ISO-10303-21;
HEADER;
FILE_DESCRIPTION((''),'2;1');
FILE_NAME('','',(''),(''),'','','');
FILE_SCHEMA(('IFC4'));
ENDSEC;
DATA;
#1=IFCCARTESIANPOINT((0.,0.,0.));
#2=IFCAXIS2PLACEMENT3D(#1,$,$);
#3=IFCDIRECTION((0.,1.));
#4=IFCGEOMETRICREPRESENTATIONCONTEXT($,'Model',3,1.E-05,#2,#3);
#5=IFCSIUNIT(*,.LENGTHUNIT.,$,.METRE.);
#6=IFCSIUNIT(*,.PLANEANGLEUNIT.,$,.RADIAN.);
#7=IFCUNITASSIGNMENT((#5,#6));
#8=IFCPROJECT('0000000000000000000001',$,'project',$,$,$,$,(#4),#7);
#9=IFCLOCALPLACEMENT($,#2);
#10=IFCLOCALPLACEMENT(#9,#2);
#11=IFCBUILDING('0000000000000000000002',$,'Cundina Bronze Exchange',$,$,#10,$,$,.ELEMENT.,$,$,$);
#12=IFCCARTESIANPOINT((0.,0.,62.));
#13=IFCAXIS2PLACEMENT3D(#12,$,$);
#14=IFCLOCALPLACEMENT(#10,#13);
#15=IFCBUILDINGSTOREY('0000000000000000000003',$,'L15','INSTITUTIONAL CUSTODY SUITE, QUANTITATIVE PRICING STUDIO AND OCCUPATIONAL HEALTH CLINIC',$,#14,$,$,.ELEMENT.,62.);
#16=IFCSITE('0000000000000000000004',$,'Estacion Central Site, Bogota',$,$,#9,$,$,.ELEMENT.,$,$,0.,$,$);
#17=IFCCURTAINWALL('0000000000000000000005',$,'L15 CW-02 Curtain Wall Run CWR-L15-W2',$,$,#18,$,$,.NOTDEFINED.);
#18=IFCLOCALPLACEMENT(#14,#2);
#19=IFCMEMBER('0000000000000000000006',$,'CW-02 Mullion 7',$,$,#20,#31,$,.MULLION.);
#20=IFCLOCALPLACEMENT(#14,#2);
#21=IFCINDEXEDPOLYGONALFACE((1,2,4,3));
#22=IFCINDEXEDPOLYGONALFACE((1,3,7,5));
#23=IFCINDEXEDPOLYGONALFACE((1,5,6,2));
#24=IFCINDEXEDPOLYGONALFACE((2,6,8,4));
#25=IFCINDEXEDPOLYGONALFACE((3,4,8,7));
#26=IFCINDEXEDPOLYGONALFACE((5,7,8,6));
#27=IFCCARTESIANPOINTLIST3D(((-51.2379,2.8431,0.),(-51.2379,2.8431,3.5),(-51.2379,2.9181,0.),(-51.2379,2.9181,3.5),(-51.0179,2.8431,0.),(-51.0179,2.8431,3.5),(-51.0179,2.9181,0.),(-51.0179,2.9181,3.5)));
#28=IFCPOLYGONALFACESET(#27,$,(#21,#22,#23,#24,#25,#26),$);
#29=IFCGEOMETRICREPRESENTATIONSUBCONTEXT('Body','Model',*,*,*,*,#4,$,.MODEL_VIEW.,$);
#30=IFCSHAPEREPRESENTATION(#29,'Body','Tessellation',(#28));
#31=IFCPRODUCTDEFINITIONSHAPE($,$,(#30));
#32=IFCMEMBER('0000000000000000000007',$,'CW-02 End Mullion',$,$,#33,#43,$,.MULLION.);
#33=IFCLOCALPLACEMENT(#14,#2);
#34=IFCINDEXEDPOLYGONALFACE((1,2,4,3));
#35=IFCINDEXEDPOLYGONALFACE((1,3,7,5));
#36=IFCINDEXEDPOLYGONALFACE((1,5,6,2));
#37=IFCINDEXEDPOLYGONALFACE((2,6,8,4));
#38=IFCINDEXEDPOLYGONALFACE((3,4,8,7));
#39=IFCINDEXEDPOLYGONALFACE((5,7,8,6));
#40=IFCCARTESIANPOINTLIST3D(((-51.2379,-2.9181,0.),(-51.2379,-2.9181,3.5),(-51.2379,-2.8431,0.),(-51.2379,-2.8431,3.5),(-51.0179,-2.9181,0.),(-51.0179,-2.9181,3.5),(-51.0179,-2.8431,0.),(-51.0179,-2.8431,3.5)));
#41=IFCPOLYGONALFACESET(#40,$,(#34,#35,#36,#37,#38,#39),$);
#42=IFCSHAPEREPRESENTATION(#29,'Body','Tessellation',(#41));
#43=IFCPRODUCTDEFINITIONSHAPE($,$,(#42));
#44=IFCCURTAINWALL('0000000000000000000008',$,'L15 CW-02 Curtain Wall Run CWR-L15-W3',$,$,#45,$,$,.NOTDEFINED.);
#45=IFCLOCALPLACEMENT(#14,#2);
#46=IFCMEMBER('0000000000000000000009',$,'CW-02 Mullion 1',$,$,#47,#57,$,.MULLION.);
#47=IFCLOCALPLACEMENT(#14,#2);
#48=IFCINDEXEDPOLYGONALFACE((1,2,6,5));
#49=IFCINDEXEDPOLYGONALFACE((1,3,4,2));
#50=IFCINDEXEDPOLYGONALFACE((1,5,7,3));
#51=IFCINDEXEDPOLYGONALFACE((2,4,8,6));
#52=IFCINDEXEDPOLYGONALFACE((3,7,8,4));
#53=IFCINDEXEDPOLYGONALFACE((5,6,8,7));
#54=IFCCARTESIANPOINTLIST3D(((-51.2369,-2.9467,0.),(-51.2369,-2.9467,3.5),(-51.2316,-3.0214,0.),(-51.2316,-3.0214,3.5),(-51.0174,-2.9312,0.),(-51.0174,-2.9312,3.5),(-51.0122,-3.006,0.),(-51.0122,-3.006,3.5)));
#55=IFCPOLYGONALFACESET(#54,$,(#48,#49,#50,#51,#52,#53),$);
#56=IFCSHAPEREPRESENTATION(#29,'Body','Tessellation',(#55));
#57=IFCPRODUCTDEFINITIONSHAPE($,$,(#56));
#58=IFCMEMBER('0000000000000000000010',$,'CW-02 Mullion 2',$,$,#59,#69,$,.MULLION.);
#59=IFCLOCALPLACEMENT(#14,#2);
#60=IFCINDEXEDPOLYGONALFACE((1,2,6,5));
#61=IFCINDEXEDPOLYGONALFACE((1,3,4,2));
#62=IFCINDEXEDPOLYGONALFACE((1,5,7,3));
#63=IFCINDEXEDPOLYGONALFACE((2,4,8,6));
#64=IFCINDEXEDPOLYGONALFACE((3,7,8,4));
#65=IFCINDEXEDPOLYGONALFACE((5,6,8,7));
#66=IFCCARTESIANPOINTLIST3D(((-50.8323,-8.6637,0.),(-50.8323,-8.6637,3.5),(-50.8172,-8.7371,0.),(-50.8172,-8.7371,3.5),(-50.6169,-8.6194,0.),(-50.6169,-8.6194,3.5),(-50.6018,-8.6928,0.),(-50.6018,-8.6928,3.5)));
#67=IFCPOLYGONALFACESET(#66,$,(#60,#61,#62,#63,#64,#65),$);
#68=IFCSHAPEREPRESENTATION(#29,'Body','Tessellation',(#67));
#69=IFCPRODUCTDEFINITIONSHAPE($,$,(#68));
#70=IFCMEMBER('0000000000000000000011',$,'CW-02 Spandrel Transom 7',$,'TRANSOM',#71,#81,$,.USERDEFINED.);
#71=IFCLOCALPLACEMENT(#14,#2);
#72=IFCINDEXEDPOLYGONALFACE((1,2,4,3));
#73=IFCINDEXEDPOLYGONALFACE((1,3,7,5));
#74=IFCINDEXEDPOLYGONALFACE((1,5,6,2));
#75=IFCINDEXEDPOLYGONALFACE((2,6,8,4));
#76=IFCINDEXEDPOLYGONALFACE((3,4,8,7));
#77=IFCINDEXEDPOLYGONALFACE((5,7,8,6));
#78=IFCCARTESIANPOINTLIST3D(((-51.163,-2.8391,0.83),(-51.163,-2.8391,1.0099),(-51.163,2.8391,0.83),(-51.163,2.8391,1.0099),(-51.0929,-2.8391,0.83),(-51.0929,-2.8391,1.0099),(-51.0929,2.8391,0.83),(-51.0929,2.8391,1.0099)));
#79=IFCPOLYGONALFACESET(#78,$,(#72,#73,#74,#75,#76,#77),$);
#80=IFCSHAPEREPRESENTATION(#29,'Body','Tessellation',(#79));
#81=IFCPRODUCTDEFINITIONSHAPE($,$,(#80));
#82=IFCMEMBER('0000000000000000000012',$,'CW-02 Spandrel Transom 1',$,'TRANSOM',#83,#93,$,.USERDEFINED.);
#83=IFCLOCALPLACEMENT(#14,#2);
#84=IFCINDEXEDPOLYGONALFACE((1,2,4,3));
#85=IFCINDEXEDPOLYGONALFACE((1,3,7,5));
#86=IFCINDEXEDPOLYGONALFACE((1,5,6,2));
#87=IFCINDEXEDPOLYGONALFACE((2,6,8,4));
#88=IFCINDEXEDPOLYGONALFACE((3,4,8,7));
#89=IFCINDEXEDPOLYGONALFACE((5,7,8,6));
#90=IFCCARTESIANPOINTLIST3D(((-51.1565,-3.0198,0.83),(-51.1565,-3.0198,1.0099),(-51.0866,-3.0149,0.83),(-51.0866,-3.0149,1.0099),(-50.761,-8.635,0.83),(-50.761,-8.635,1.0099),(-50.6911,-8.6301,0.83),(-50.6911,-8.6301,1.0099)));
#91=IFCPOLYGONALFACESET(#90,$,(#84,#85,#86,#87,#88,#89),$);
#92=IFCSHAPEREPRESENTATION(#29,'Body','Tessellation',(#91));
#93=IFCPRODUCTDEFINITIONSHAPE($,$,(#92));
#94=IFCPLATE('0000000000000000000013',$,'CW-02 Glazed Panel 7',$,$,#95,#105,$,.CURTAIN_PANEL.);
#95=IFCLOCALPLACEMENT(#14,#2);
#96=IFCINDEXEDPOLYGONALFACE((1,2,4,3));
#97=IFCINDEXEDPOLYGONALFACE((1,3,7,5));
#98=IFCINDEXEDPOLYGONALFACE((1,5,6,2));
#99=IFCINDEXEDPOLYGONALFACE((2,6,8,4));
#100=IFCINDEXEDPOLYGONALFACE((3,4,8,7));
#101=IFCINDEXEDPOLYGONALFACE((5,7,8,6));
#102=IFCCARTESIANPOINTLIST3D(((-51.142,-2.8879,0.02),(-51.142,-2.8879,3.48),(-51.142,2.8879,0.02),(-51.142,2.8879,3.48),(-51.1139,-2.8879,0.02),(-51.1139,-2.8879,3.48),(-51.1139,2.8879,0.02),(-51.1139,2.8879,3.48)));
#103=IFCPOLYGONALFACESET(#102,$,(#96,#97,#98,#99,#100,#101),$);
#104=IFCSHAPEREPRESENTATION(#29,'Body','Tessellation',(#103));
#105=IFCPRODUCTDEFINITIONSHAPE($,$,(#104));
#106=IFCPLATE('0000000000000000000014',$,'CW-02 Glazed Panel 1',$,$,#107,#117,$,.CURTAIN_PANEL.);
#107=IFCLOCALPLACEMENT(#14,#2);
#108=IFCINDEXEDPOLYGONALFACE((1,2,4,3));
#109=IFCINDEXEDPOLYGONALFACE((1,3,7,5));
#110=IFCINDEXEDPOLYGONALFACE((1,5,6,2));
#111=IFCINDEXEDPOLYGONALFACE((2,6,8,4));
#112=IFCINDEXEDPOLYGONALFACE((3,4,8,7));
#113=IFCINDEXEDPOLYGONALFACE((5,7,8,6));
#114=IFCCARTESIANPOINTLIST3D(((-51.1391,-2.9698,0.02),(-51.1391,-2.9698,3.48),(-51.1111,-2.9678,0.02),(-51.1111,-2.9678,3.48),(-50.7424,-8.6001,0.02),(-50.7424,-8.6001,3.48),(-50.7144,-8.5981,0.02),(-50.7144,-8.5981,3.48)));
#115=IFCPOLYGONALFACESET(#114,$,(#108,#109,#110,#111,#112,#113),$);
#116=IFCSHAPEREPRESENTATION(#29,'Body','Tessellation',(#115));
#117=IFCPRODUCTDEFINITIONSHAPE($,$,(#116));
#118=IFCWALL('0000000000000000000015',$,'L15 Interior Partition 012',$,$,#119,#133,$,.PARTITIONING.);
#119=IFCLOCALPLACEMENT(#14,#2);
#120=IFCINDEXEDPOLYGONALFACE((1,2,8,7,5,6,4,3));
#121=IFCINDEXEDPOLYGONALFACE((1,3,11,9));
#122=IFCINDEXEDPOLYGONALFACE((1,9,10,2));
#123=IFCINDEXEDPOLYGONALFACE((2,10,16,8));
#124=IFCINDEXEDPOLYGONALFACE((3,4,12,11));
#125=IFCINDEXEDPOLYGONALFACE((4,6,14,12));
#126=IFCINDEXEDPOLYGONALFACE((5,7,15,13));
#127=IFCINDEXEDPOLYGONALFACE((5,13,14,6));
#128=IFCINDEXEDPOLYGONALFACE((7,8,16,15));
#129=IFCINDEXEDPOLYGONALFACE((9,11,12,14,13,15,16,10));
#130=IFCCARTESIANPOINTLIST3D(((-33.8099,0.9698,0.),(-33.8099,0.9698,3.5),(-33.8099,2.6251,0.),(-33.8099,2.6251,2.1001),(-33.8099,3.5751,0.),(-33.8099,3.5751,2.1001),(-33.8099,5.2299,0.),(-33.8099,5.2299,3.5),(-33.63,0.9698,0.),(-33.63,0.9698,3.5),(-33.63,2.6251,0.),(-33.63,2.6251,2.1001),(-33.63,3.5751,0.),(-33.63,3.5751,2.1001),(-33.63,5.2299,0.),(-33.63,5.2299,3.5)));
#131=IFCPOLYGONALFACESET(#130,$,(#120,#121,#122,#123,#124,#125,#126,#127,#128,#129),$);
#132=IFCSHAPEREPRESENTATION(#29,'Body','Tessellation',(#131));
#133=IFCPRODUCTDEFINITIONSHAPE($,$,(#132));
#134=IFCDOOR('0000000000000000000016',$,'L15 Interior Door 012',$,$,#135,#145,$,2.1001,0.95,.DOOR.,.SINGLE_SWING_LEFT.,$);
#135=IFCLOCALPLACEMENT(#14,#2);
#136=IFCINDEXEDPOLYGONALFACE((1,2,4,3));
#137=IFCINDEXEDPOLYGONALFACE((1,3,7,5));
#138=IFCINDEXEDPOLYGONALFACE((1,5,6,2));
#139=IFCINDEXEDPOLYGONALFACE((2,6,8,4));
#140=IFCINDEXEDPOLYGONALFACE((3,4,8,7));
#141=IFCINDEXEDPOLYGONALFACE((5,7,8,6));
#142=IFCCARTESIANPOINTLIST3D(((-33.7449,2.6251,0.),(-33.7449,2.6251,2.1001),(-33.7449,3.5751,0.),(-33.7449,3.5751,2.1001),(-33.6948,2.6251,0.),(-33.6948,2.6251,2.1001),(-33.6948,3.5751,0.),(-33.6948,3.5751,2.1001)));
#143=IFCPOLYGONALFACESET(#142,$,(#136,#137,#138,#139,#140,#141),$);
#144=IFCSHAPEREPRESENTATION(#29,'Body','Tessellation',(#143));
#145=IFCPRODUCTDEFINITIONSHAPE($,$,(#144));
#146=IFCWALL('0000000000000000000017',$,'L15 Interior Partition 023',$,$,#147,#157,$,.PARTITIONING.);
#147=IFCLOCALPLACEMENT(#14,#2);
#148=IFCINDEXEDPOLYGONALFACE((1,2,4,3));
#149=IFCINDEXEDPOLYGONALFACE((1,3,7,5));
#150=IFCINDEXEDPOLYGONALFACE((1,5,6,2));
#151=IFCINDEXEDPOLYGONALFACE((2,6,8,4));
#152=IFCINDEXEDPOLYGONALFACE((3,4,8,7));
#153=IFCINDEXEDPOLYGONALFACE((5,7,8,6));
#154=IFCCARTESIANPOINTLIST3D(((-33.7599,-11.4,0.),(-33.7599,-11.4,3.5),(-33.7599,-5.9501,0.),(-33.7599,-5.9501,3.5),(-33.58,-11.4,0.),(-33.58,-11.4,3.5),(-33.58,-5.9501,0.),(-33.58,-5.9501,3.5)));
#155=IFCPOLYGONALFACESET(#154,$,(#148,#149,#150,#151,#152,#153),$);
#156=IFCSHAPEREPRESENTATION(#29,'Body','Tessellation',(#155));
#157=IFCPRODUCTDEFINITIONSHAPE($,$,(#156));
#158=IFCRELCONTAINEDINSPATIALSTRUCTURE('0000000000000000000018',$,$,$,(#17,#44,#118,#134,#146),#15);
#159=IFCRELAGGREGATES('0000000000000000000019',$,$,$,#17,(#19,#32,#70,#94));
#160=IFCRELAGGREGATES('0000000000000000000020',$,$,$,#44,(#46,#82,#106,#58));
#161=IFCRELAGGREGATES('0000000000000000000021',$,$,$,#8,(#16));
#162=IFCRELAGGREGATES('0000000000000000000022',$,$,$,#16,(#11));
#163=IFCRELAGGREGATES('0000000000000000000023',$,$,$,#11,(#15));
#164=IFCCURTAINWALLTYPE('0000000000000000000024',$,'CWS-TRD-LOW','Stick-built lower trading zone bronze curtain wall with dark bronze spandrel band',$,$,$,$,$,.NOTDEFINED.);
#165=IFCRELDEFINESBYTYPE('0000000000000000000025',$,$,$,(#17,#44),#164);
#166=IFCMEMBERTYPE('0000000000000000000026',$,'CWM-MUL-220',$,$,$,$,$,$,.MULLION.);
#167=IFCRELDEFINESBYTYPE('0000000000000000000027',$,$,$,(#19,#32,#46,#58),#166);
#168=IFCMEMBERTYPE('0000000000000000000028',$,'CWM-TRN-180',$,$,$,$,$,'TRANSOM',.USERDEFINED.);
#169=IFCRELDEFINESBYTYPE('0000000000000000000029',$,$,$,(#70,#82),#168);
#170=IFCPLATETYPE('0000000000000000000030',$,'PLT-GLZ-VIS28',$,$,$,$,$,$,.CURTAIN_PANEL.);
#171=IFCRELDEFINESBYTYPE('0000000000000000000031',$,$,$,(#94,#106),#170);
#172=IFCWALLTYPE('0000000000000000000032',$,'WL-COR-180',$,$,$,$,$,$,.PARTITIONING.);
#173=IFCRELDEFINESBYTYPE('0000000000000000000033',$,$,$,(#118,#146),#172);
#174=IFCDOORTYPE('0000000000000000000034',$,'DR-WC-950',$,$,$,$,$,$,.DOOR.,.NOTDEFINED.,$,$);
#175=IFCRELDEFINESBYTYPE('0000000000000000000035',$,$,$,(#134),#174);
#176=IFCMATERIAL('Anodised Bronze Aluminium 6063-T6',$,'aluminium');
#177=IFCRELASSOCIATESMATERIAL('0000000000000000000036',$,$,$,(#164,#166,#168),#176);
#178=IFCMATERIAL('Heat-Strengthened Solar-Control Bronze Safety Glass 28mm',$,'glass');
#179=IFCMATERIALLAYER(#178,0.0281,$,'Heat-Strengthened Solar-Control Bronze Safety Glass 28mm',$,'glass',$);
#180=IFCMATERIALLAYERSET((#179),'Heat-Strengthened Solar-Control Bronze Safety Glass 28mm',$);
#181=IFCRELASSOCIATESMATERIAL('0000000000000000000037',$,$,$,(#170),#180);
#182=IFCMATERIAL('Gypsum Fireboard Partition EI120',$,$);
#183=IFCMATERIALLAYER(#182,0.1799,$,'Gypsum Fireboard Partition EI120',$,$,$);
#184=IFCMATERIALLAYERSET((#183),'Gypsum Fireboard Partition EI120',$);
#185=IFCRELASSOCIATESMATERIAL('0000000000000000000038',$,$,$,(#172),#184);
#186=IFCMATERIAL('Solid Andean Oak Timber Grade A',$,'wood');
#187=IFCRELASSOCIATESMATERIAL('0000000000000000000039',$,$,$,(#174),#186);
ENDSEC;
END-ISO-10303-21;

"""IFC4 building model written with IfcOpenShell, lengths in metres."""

from ifc_helpers import new_model, si_unit, direction, frame, frame_2d, origin, origin_2d, place, context, subcontext, project, spatial, rectangle, extrude, material, layer, layer_set, material_profile, profile_set, type_object, element, fill, aggregate, save


model = new_model("IFC4")

# Units and contexts
model_context = context("Model", 3, precision=1e-05, world=origin(), true_north=direction((0.0, 1.0)))
body_context = subcontext(model_context, "Body", "Model", "MODEL_VIEW")
ifc_project = project(units=[si_unit("LENGTHUNIT", "METRE"), si_unit("PLANEANGLEUNIT", "RADIAN")], contexts=[model_context])

# Site, building, storey
site_placement = place(None, origin())
site = spatial("IfcSite", under=ifc_project, at=site_placement, Name="Estacion Central Site, Bogota", CompositionType="ELEMENT", RefElevation=0.0)
building_placement = place(site_placement, origin())
building = spatial("IfcBuilding", under=site, at=building_placement, Name="Cundina Bronze Exchange", CompositionType="ELEMENT")
storey_placement = place(building_placement, frame((0.0, 0.0, 62.0)))
storey = spatial("IfcBuildingStorey", under=building, at=storey_placement, Name="L15", Description="INSTITUTIONAL CUSTODY SUITE, QUANTITATIVE PRICING STUDIO AND OCCUPATIONAL HEALTH CLINIC", CompositionType="ELEMENT", Elevation=62.0)

# Curtain walls, members
ifc_material_1 = material(Name="Anodised Bronze Aluminium 6063-T6", Category="aluminium")
curtain_wall_type = type_object("IfcCurtainWallType", Name="CWS-TRD-LOW", Description="Stick-built lower trading zone bronze curtain wall with dark bronze spandrel band", PredefinedType="NOTDEFINED", material=ifc_material_1)
curtain_wall_1_placement = place(storey_placement, origin())
curtain_wall_1 = element("IfcCurtainWall", 1, at=curtain_wall_1_placement, inside=storey, type_object=curtain_wall_type, Name="L15 CW-02 Curtain Wall Run CWR-L15-W2", PredefinedType="NOTDEFINED")
ifc_material_profile_1 = material_profile(ifc_material_1, rectangle(XDim=0.075, YDim=0.22, at=origin_2d()), Name="AL75X220", Category="aluminium")
ifc_profile_set_1 = profile_set([ifc_material_profile_1], Name="Anodised Bronze Aluminium 6063-T6")
member_type_1 = type_object("IfcMemberType", Name="CWM-MUL-220", PredefinedType="MULLION", material=ifc_profile_set_1)
member_1_placement = place(storey_placement, frame((-51.1279, 2.8806, 0.0), z_axis=(0.0, 0.0, 1.0), x_axis=(0.0, -1.0, 0.0)))
member_1 = element("IfcMember", 2, at=member_1_placement, type_object=member_type_1, Name="CW-02 Mullion 7", PredefinedType="MULLION", context=body_context, shape_type="SweptSolid", body=[
    extrude(rectangle(XDim=0.075, YDim=0.22, at=origin_2d()), origin(), (0.0, 0.0, 1.0), 3.5),
])
member_2_placement = place(storey_placement, frame((-51.1279, -2.8806, 0.0), z_axis=(0.0, 0.0, 1.0), x_axis=(0.0, -1.0, 0.0)))
member_2 = element("IfcMember", 3, at=member_2_placement, type_object=member_type_1, Name="CW-02 End Mullion", PredefinedType="MULLION", context=body_context, shape_type="SweptSolid", body=[
    extrude(rectangle(XDim=0.075, YDim=0.22, at=origin_2d()), origin(), (0.0, 0.0, 1.0), 3.5),
])
curtain_wall_2_placement = place(storey_placement, origin())
curtain_wall_2 = element("IfcCurtainWall", 4, at=curtain_wall_2_placement, inside=storey, type_object=curtain_wall_type, Name="L15 CW-02 Curtain Wall Run CWR-L15-W3", PredefinedType="NOTDEFINED")
member_3_placement = place(storey_placement, frame((-51.1245, -2.9763, 0.0), z_axis=(0.0, 0.0, 1.0), x_axis=(0.070279, -0.997527, 0.0)))
member_3 = element("IfcMember", 5, at=member_3_placement, type_object=member_type_1, Name="CW-02 Mullion 1", PredefinedType="MULLION", context=body_context, shape_type="SweptSolid", body=[
    extrude(rectangle(XDim=0.075, YDim=0.22, at=origin_2d()), origin(), (0.0, 0.0, 1.0), 3.5),
])
member_4_placement = place(storey_placement, frame((-50.717, -8.6782, 0.0), z_axis=(0.0, 0.0, 1.0), x_axis=(0.20142, -0.979505, 0.0)))
member_4 = element("IfcMember", 6, at=member_4_placement, type_object=member_type_1, Name="CW-02 Mullion 2", PredefinedType="MULLION", context=body_context, shape_type="SweptSolid", body=[
    extrude(rectangle(XDim=0.075, YDim=0.22, at=origin_2d()), origin(), (0.0, 0.0, 1.0), 3.5),
])

# Members
ifc_material_profile_2 = material_profile(ifc_material_1, rectangle(XDim=0.0701, YDim=0.1799, at=origin_2d()), Name="AL70X180", Category="aluminium")
ifc_profile_set_2 = profile_set([ifc_material_profile_2], Name="Anodised Bronze Aluminium 6063-T6")
member_type_2 = type_object("IfcMemberType", Name="CWM-TRN-180", ElementType="TRANSOM", PredefinedType="USERDEFINED", material=ifc_profile_set_2)
member_5_placement = place(storey_placement, frame((-51.1279, 2.8391, 0.9199), z_axis=(0.0, -1.0, 0.0), x_axis=(1.0, 0.0, 0.0)))
member_5 = element("IfcMember", 7, at=member_5_placement, type_object=member_type_2, Name="CW-02 Spandrel Transom 7", ObjectType="TRANSOM", PredefinedType="USERDEFINED", context=body_context, shape_type="SweptSolid", body=[
    extrude(rectangle(XDim=0.0701, YDim=0.1799, at=origin_2d()), origin(), (0.0, 0.0, 1.0), 5.6782),
])
member_6_placement = place(storey_placement, frame((-51.1216, -3.0173, 0.9199), z_axis=(0.070261, -0.997529, 0.0), x_axis=(0.997529, 0.070261, 0.0)))
member_6 = element("IfcMember", 8, at=member_6_placement, type_object=member_type_2, Name="CW-02 Spandrel Transom 1", ObjectType="TRANSOM", PredefinedType="USERDEFINED", context=body_context, shape_type="SweptSolid", body=[
    extrude(rectangle(XDim=0.0701, YDim=0.1799, at=origin_2d()), origin(), (0.0, 0.0, 1.0), 5.6292),
])

# Plates
ifc_material_2 = material(Name="Heat-Strengthened Solar-Control Bronze Safety Glass 28mm", Category="glass")
ifc_layer_1 = layer(ifc_material_2, 0.0281, Name="Heat-Strengthened Solar-Control Bronze Safety Glass 28mm", Category="glass")
ifc_layer_set_1 = layer_set([ifc_layer_1], Name="Heat-Strengthened Solar-Control Bronze Safety Glass 28mm")
plate_type = type_object("IfcPlateType", Name="PLT-GLZ-VIS28", PredefinedType="CURTAIN_PANEL", material=ifc_layer_set_1)
plate_1_placement = place(storey_placement, frame((-51.1279, 0.0, 0.02), z_axis=(0.0, 0.0, 1.0), x_axis=(0.0, -1.0, 0.0)))
plate_1 = element("IfcPlate", 9, at=plate_1_placement, type_object=plate_type, Name="CW-02 Glazed Panel 7", PredefinedType="CURTAIN_PANEL", context=body_context, shape_type="SweptSolid", body=[
    extrude(rectangle(XDim=5.7759, YDim=0.0281, at=origin_2d()), origin(), (0.0, 0.0, 1.0), 3.46),
])
aggregate(curtain_wall_1, [member_1, member_2, member_5, plate_1])
plate_2_placement = place(storey_placement, frame((-50.9268, -5.7839, 0.02), z_axis=(0.0, 0.0, 1.0), x_axis=(0.070279, -0.997527, 0.0)))
plate_2 = element("IfcPlate", 10, at=plate_2_placement, type_object=plate_type, Name="CW-02 Glazed Panel 1", PredefinedType="CURTAIN_PANEL", context=body_context, shape_type="SweptSolid", body=[
    extrude(rectangle(XDim=5.6443, YDim=0.0281, at=origin_2d()), origin(), (0.0, 0.0, 1.0), 3.46),
])
aggregate(curtain_wall_2, [member_3, member_6, plate_2, member_4])

# Wall, opening, door
ifc_material_3 = material(Name="Gypsum Fireboard Partition EI120")
ifc_layer_2 = layer(ifc_material_3, 0.1799, Name="Gypsum Fireboard Partition EI120")
ifc_layer_set_2 = layer_set([ifc_layer_2], Name="Gypsum Fireboard Partition EI120")
wall_type_1 = type_object("IfcWallType", Name="WL-COR-180", PredefinedType="PARTITIONING", material=ifc_layer_set_2)
wall_1_placement = place(storey_placement, frame((-33.72, 0.97, 0.0), z_axis=(0.0, 0.0, 1.0), x_axis=(0.0, 1.0, 0.0)))
wall_1 = element("IfcWall", 11, at=wall_1_placement, inside=storey, type_object=wall_type_1, Name="L15 Interior Partition 012", PredefinedType="PARTITIONING", context=body_context, shape_type="SweptSolid", body=[
    extrude(rectangle(XDim=4.26, YDim=0.1799, at=frame_2d((2.1299, 0.0))), origin(), (0.0, 0.0, 1.0), 3.5),
])
opening_1_placement = place(wall_1_placement, frame((1.655, 0.0, 0.0)))
opening_1 = element("IfcOpeningElement", 12, at=opening_1_placement, cuts=wall_1, PredefinedType="OPENING", context=body_context, shape_type="SweptSolid", body=[
    extrude(rectangle(XDim=0.95, YDim=2.1001, at=frame_2d((0.4751, 1.05))), frame((0.0, 0.0999, 0.0), z_axis=(0.0, -1.0, 0.0), x_axis=(1.0, 0.0, 0.0)), (0.0, 0.0, 1.0), 0.2),
])
ifc_material_4 = material(Name="Solid Andean Oak Timber Grade A", Category="wood")
door_type_1 = type_object("IfcDoorType", Name="DR-WC-950", OperationType="NOTDEFINED", PredefinedType="DOOR", material=ifc_material_4)
door_1_placement = place(opening_1_placement, origin())
door_1 = element("IfcDoor", 13, at=door_1_placement, inside=storey, type_object=door_type_1, Name="L15 Interior Door 012", OperationType="SINGLE_SWING_LEFT", OverallHeight=2.1001, OverallWidth=0.95, PredefinedType="DOOR", context=body_context, shape_type="SweptSolid", body=[
    extrude(rectangle(XDim=0.95, YDim=2.1001, at=frame_2d((0.4751, 1.05))), frame((0.0, 0.0249, 0.0), z_axis=(0.0, -1.0, 0.0), x_axis=(1.0, 0.0, 0.0)), (0.0, 0.0, 1.0), 0.05),
])
fill(opening_1, door_1)

# Wall
wall_2_placement = place(storey_placement, frame((-33.6699, -5.95, 0.0), z_axis=(0.0, 0.0, 1.0), x_axis=(0.0, -1.0, 0.0)))
element("IfcWall", 14, at=wall_2_placement, inside=storey, type_object=wall_type_1, Name="L15 Interior Partition 023", PredefinedType="PARTITIONING", context=body_context, shape_type="SweptSolid", body=[
    extrude(rectangle(XDim=5.45, YDim=0.1799, at=frame_2d((2.7251, 0.0))), origin(), (0.0, 0.0, 1.0), 3.5),
])

save(model, "model.ifc")
